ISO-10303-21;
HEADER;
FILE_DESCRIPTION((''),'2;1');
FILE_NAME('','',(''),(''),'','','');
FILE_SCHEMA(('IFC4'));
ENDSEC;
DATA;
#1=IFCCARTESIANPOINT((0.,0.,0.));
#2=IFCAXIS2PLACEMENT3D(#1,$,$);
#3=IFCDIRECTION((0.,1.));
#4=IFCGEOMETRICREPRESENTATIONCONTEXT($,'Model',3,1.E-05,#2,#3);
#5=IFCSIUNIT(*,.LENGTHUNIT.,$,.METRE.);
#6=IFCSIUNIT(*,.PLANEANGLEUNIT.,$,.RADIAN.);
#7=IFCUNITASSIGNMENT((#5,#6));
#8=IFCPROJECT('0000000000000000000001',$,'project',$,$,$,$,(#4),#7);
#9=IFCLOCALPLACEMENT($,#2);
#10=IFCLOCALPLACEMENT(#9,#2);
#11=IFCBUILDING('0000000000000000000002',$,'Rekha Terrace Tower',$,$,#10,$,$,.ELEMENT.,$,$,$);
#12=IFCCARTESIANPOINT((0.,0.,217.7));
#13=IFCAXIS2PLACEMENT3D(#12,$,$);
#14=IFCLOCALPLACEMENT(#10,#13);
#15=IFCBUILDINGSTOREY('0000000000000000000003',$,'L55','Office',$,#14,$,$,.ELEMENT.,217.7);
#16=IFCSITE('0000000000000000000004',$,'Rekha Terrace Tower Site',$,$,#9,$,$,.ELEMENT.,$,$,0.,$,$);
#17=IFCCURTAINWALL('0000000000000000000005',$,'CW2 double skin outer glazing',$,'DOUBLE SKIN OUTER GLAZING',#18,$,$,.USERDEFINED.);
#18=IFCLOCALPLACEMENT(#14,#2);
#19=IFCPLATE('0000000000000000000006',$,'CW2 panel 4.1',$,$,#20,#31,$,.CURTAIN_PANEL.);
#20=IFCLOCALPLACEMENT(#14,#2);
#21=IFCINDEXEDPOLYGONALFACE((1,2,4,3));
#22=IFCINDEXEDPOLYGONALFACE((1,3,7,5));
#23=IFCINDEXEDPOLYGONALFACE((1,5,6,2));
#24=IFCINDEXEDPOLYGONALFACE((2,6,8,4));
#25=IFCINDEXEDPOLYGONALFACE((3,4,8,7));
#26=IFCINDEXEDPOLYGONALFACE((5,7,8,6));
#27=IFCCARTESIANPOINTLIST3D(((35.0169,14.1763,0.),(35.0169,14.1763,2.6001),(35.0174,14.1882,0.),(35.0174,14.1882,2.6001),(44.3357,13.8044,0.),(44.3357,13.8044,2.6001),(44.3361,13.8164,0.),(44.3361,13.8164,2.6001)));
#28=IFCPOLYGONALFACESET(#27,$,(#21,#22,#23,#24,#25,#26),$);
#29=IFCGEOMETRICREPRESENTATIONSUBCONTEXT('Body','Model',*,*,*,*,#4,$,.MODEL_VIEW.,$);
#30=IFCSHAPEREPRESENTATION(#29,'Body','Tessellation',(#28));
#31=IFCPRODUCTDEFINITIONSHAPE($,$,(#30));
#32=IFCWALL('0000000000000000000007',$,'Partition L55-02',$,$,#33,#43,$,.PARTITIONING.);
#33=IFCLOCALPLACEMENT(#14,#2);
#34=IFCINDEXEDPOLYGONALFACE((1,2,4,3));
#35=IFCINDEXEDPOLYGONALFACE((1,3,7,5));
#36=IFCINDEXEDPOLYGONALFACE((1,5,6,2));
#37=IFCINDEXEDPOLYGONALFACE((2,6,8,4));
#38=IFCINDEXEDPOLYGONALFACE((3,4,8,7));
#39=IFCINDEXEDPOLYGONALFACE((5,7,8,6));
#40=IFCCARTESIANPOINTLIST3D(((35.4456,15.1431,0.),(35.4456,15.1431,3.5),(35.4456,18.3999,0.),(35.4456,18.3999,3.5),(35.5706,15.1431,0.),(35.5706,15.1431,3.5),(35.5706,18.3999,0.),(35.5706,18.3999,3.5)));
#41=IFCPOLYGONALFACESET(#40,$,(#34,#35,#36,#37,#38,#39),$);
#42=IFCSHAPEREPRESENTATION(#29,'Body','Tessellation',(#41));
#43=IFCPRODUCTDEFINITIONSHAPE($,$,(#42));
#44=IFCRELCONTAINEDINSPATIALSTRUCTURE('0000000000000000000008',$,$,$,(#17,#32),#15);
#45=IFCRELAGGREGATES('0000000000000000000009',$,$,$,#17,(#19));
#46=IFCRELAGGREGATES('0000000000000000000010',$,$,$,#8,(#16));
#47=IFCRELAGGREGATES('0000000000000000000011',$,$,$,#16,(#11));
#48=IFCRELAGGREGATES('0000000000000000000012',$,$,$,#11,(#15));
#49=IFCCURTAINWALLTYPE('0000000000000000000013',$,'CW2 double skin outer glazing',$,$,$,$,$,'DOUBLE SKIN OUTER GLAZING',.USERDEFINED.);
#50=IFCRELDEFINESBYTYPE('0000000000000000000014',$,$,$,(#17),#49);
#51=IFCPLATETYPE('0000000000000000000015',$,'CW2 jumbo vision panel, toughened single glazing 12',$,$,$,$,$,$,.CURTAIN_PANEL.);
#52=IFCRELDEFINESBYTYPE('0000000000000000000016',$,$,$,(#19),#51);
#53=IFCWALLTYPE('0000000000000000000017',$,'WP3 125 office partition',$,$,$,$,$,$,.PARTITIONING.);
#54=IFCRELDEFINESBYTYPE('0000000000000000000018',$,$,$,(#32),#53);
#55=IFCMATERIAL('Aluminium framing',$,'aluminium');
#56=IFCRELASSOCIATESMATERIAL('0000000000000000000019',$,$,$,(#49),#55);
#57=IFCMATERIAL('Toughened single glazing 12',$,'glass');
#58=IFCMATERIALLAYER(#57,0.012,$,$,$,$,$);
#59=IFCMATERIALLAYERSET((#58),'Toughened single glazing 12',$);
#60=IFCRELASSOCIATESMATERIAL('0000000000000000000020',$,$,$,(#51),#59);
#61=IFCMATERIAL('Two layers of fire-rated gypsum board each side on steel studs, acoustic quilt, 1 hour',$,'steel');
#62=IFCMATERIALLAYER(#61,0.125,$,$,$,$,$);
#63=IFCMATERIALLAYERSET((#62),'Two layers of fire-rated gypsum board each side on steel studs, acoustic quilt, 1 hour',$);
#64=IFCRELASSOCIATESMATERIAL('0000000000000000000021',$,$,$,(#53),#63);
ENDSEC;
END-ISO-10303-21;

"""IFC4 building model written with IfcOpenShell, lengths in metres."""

from ifc_helpers import new_model, si_unit, direction, frame, frame_2d, origin, origin_2d, place, context, subcontext, project, spatial, rectangle, extrude, material, layer, layer_set, type_object, element, aggregate, save


model = new_model("IFC4")

# Units and contexts
model_context = context("Model", 3, precision=1e-05, world=origin(), true_north=direction((0.0, 1.0)))
body_context = subcontext(model_context, "Body", "Model", "MODEL_VIEW")
ifc_project = project(units=[si_unit("LENGTHUNIT", "METRE"), si_unit("PLANEANGLEUNIT", "RADIAN")], contexts=[model_context])

# Site, building, storey
site_placement = place(None, origin())
site = spatial("IfcSite", under=ifc_project, at=site_placement, Name="Rekha Terrace Tower Site", CompositionType="ELEMENT", RefElevation=0.0)
building_placement = place(site_placement, origin())
building = spatial("IfcBuilding", under=site, at=building_placement, Name="Rekha Terrace Tower", CompositionType="ELEMENT")
storey_placement = place(building_placement, frame((0.0, 0.0, 217.7)))
storey = spatial("IfcBuildingStorey", under=building, at=storey_placement, Name="L55", Description="Office", CompositionType="ELEMENT", Elevation=217.7)

# Curtain wall
ifc_material_1 = material(Name="Aluminium framing", Category="aluminium")
curtain_wall_type_1 = type_object("IfcCurtainWallType", Name="CW2 double skin outer glazing", ElementType="DOUBLE SKIN OUTER GLAZING", PredefinedType="USERDEFINED", material=ifc_material_1)
curtain_wall_1_placement = place(storey_placement, origin())
curtain_wall_1 = element("IfcCurtainWall", 1, at=curtain_wall_1_placement, inside=storey, type_object=curtain_wall_type_1, Name="CW2 double skin outer glazing", ObjectType="DOUBLE SKIN OUTER GLAZING", PredefinedType="USERDEFINED")

# Plate
ifc_material_2 = material(Name="Toughened single glazing 12", Category="glass")
ifc_layer_1 = layer(ifc_material_2, 0.012)
ifc_layer_set_1 = layer_set([ifc_layer_1], Name="Toughened single glazing 12")
plate_type_1 = type_object("IfcPlateType", Name="CW2 jumbo vision panel, toughened single glazing 12", PredefinedType="CURTAIN_PANEL", material=ifc_layer_set_1)
plate_1_placement = place(storey_placement, frame((39.6765, 13.9963, 0.0), z_axis=(0.0, 0.0, 1.0), x_axis=(0.999205, -0.039872, 0.0)))
plate_1 = element("IfcPlate", 2, at=plate_1_placement, type_object=plate_type_1, Name="CW2 panel 4.1", PredefinedType="CURTAIN_PANEL", context=body_context, shape_type="SweptSolid", body=[
    extrude(rectangle(XDim=9.3262, YDim=0.012, at=origin_2d()), origin(), (0.0, 0.0, 1.0), 2.6001),
])
aggregate(curtain_wall_1, [plate_1])

# Wall
ifc_material_3 = material(Name="Two layers of fire-rated gypsum board each side on steel studs, acoustic quilt, 1 hour", Category="steel")
ifc_layer_2 = layer(ifc_material_3, 0.125)
ifc_layer_set_2 = layer_set([ifc_layer_2], Name="Two layers of fire-rated gypsum board each side on steel studs, acoustic quilt, 1 hour")
wall_type = type_object("IfcWallType", Name="WP3 125 office partition", PredefinedType="PARTITIONING", material=ifc_layer_set_2)
wall_placement = place(storey_placement, frame((35.5081, 15.1431, 0.0), z_axis=(0.0, 0.0, 1.0), x_axis=(0.0, 1.0, 0.0)))
element("IfcWall", 3, at=wall_placement, inside=storey, type_object=wall_type, Name="Partition L55-02", PredefinedType="PARTITIONING", context=body_context, shape_type="SweptSolid", body=[
    extrude(rectangle(XDim=3.2568, YDim=0.125, at=frame_2d((1.6284, 0.0))), origin(), (0.0, 0.0, 1.0), 3.5),
])

save(model, "model.ifc")
